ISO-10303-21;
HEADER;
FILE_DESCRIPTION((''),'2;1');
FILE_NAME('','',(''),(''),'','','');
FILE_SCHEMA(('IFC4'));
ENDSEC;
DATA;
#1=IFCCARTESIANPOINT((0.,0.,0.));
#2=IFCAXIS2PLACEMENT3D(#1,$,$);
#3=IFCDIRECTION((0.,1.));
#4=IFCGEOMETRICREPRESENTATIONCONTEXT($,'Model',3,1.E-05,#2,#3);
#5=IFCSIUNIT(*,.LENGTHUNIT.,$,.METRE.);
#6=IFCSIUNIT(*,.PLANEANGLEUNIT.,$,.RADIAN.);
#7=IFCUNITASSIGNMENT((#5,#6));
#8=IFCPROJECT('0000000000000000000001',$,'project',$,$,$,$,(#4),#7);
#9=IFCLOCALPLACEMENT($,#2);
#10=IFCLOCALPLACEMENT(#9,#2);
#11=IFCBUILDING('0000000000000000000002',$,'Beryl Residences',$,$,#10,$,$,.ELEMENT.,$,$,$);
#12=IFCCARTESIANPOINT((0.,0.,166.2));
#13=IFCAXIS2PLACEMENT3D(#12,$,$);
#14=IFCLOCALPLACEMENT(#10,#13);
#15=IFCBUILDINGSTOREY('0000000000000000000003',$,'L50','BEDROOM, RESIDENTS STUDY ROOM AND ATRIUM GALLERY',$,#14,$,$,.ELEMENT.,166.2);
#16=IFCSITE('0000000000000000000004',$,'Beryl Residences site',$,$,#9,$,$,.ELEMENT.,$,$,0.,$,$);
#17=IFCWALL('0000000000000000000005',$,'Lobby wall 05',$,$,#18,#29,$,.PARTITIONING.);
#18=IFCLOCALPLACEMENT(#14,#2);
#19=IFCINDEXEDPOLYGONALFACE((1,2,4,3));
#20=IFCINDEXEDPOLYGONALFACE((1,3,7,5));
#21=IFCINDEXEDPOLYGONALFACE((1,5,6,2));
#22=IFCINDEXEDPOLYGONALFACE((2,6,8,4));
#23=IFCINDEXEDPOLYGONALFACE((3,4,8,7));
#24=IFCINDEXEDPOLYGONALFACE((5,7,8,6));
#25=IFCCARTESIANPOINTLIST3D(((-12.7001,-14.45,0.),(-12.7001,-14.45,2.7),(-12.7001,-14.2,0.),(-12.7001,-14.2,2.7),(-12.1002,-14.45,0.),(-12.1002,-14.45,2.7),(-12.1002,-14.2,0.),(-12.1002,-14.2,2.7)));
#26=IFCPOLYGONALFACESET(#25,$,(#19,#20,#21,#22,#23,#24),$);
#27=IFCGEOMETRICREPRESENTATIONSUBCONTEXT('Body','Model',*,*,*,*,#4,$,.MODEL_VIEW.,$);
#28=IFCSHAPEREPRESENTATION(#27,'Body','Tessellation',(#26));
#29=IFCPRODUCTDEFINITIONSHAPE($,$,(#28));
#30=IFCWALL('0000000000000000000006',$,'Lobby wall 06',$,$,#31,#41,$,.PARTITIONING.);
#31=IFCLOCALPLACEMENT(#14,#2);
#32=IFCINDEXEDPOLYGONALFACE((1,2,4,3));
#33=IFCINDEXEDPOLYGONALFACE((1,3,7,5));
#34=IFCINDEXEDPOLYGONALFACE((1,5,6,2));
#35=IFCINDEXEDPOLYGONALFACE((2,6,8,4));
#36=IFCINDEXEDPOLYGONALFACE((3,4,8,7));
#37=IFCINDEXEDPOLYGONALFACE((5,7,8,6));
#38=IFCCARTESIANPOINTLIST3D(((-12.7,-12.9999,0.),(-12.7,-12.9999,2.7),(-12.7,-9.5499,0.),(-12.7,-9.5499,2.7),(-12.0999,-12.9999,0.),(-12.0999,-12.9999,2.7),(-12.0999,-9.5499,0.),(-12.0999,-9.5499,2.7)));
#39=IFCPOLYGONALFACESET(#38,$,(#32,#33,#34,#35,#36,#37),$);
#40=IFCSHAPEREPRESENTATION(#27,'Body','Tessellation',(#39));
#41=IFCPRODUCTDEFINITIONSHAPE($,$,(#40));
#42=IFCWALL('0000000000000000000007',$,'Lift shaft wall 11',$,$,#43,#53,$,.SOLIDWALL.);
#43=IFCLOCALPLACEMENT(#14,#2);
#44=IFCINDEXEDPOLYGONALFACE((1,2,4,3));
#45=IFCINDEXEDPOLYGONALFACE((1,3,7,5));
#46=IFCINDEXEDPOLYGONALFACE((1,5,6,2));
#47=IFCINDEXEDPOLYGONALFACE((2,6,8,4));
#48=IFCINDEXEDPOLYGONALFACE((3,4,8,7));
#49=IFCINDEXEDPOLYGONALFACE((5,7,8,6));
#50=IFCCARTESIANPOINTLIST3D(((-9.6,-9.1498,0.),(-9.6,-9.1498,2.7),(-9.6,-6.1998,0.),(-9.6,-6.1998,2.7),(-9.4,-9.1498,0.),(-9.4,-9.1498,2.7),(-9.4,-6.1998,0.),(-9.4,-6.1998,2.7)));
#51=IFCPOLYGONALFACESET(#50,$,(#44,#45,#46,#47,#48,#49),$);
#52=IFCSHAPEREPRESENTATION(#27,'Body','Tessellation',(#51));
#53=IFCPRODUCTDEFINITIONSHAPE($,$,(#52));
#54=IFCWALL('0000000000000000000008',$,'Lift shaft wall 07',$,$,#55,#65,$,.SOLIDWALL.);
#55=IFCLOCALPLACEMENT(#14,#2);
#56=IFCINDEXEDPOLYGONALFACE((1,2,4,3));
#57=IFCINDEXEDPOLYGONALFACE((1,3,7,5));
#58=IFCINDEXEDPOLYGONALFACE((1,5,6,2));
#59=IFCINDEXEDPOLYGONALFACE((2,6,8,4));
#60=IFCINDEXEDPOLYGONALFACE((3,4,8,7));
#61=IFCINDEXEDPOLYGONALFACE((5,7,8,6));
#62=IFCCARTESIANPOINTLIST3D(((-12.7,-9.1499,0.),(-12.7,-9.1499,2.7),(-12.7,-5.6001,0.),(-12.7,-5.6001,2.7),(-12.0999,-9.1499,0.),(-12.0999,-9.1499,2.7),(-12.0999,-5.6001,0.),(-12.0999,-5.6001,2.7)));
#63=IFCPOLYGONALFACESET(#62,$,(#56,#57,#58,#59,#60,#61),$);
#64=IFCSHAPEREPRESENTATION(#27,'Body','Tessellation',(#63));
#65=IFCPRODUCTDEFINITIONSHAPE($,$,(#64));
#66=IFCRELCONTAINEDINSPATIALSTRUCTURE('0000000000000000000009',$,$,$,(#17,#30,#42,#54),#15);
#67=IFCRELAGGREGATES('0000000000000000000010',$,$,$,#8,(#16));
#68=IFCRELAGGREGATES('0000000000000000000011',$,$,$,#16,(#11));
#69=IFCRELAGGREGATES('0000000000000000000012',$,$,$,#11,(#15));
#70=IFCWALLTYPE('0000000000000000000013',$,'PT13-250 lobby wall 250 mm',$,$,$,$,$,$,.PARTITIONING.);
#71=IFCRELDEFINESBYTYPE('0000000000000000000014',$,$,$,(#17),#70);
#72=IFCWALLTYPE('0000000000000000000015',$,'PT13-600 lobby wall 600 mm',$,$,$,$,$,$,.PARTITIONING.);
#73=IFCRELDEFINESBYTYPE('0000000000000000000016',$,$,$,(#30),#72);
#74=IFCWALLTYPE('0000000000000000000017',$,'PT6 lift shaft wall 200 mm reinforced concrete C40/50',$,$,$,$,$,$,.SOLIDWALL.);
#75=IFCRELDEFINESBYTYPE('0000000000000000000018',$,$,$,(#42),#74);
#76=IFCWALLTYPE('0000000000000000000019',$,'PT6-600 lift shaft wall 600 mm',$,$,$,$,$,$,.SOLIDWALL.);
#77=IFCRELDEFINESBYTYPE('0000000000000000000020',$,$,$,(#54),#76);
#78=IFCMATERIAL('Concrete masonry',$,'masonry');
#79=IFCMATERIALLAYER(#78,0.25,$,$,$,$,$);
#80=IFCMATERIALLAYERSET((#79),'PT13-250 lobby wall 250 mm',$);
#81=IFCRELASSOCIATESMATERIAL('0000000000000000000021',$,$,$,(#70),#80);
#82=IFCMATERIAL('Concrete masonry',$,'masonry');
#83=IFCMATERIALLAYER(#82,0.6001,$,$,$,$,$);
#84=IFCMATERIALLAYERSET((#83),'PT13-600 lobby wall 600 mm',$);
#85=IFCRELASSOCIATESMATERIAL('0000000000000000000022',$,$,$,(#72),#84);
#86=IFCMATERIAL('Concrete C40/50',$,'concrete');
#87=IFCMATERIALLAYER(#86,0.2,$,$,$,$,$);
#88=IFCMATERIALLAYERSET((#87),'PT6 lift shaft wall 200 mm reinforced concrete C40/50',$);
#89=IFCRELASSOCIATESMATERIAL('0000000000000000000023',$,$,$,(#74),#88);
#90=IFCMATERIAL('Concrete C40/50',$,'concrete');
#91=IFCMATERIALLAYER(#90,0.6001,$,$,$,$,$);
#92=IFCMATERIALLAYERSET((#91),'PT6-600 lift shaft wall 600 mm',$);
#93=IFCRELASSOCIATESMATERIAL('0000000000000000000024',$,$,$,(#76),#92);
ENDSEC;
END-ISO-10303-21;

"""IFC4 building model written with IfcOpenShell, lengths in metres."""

from ifc_helpers import new_model, si_unit, direction, frame, frame_2d, origin, place, context, subcontext, project, spatial, rectangle, extrude, material, layer, layer_set, type_object, element, save


model = new_model("IFC4")

# Units and contexts
model_context = context("Model", 3, precision=1e-05, world=origin(), true_north=direction((0.0, 1.0)))
body_context = subcontext(model_context, "Body", "Model", "MODEL_VIEW")
ifc_project = project(units=[si_unit("LENGTHUNIT", "METRE"), si_unit("PLANEANGLEUNIT", "RADIAN")], contexts=[model_context])

# Site, building, storey
site_placement = place(None, origin())
site = spatial("IfcSite", under=ifc_project, at=site_placement, Name="Beryl Residences site", CompositionType="ELEMENT", RefElevation=0.0)
building_placement = place(site_placement, origin())
building = spatial("IfcBuilding", under=site, at=building_placement, Name="Beryl Residences", CompositionType="ELEMENT")
storey_placement = place(building_placement, frame((0.0, 0.0, 166.2)))
storey = spatial("IfcBuildingStorey", under=building, at=storey_placement, Name="L50", Description="BEDROOM, RESIDENTS STUDY ROOM AND ATRIUM GALLERY", CompositionType="ELEMENT", Elevation=166.2)

# Walls
ifc_material_1 = material(Name="Concrete masonry", Category="masonry")
ifc_layer_1 = layer(ifc_material_1, 0.25)
ifc_layer_set_1 = layer_set([ifc_layer_1], Name="PT13-250 lobby wall 250 mm")
wall_type_1 = type_object("IfcWallType", Name="PT13-250 lobby wall 250 mm", PredefinedType="PARTITIONING", material=ifc_layer_set_1)
wall_1_placement = place(storey_placement, frame((-12.7, -14.325, 0.0), z_axis=(0.0, 0.0, 1.0), x_axis=(1.0, 0.0, 0.0)))
element("IfcWall", 1, at=wall_1_placement, inside=storey, type_object=wall_type_1, Name="Lobby wall 05", PredefinedType="PARTITIONING", context=body_context, shape_type="SweptSolid", body=[
    extrude(rectangle(XDim=0.5999, YDim=0.25, at=frame_2d((0.2998, 0.0))), origin(), (0.0, 0.0, 1.0), 2.7),
])
ifc_material_2 = material(Name="Concrete masonry", Category="masonry")
ifc_layer_2 = layer(ifc_material_2, 0.6001)
ifc_layer_set_2 = layer_set([ifc_layer_2], Name="PT13-600 lobby wall 600 mm")
wall_type_2 = type_object("IfcWallType", Name="PT13-600 lobby wall 600 mm", PredefinedType="PARTITIONING", material=ifc_layer_set_2)
wall_2_placement = place(storey_placement, frame((-12.3999, -13.0, 0.0), z_axis=(0.0, 0.0, 1.0), x_axis=(0.0, 1.0, 0.0)))
element("IfcWall", 2, at=wall_2_placement, inside=storey, type_object=wall_type_2, Name="Lobby wall 06", PredefinedType="PARTITIONING", context=body_context, shape_type="SweptSolid", body=[
    extrude(rectangle(XDim=3.45, YDim=0.6001, at=frame_2d((1.7251, 0.0))), origin(), (0.0, 0.0, 1.0), 2.7),
])
ifc_material_3 = material(Name="Concrete C40/50", Category="concrete")
ifc_layer_3 = layer(ifc_material_3, 0.2)
ifc_layer_set_3 = layer_set([ifc_layer_3], Name="PT6 lift shaft wall 200 mm reinforced concrete C40/50")
wall_type_3 = type_object("IfcWallType", Name="PT6 lift shaft wall 200 mm reinforced concrete C40/50", PredefinedType="SOLIDWALL", material=ifc_layer_set_3)
wall_3_placement = place(storey_placement, frame((-9.5, -9.1499, 0.0), z_axis=(0.0, 0.0, 1.0), x_axis=(0.0, 1.0, 0.0)))
element("IfcWall", 3, at=wall_3_placement, inside=storey, type_object=wall_type_3, Name="Lift shaft wall 11", PredefinedType="SOLIDWALL", context=body_context, shape_type="SweptSolid", body=[
    extrude(rectangle(XDim=2.95, YDim=0.2, at=frame_2d((1.4751, 0.0))), origin(), (0.0, 0.0, 1.0), 2.7),
])
ifc_material_4 = material(Name="Concrete C40/50", Category="concrete")
ifc_layer_4 = layer(ifc_material_4, 0.6001)
ifc_layer_set_4 = layer_set([ifc_layer_4], Name="PT6-600 lift shaft wall 600 mm")
wall_type_4 = type_object("IfcWallType", Name="PT6-600 lift shaft wall 600 mm", PredefinedType="SOLIDWALL", material=ifc_layer_set_4)
wall_4_placement = place(storey_placement, frame((-12.3999, -9.1499, 0.0), z_axis=(0.0, 0.0, 1.0), x_axis=(0.0, 1.0, 0.0)))
element("IfcWall", 4, at=wall_4_placement, inside=storey, type_object=wall_type_4, Name="Lift shaft wall 07", PredefinedType="SOLIDWALL", context=body_context, shape_type="SweptSolid", body=[
    extrude(rectangle(XDim=3.5498, YDim=0.6001, at=frame_2d((1.7749, 0.0))), origin(), (0.0, 0.0, 1.0), 2.7),
])

save(model, "model.ifc")
